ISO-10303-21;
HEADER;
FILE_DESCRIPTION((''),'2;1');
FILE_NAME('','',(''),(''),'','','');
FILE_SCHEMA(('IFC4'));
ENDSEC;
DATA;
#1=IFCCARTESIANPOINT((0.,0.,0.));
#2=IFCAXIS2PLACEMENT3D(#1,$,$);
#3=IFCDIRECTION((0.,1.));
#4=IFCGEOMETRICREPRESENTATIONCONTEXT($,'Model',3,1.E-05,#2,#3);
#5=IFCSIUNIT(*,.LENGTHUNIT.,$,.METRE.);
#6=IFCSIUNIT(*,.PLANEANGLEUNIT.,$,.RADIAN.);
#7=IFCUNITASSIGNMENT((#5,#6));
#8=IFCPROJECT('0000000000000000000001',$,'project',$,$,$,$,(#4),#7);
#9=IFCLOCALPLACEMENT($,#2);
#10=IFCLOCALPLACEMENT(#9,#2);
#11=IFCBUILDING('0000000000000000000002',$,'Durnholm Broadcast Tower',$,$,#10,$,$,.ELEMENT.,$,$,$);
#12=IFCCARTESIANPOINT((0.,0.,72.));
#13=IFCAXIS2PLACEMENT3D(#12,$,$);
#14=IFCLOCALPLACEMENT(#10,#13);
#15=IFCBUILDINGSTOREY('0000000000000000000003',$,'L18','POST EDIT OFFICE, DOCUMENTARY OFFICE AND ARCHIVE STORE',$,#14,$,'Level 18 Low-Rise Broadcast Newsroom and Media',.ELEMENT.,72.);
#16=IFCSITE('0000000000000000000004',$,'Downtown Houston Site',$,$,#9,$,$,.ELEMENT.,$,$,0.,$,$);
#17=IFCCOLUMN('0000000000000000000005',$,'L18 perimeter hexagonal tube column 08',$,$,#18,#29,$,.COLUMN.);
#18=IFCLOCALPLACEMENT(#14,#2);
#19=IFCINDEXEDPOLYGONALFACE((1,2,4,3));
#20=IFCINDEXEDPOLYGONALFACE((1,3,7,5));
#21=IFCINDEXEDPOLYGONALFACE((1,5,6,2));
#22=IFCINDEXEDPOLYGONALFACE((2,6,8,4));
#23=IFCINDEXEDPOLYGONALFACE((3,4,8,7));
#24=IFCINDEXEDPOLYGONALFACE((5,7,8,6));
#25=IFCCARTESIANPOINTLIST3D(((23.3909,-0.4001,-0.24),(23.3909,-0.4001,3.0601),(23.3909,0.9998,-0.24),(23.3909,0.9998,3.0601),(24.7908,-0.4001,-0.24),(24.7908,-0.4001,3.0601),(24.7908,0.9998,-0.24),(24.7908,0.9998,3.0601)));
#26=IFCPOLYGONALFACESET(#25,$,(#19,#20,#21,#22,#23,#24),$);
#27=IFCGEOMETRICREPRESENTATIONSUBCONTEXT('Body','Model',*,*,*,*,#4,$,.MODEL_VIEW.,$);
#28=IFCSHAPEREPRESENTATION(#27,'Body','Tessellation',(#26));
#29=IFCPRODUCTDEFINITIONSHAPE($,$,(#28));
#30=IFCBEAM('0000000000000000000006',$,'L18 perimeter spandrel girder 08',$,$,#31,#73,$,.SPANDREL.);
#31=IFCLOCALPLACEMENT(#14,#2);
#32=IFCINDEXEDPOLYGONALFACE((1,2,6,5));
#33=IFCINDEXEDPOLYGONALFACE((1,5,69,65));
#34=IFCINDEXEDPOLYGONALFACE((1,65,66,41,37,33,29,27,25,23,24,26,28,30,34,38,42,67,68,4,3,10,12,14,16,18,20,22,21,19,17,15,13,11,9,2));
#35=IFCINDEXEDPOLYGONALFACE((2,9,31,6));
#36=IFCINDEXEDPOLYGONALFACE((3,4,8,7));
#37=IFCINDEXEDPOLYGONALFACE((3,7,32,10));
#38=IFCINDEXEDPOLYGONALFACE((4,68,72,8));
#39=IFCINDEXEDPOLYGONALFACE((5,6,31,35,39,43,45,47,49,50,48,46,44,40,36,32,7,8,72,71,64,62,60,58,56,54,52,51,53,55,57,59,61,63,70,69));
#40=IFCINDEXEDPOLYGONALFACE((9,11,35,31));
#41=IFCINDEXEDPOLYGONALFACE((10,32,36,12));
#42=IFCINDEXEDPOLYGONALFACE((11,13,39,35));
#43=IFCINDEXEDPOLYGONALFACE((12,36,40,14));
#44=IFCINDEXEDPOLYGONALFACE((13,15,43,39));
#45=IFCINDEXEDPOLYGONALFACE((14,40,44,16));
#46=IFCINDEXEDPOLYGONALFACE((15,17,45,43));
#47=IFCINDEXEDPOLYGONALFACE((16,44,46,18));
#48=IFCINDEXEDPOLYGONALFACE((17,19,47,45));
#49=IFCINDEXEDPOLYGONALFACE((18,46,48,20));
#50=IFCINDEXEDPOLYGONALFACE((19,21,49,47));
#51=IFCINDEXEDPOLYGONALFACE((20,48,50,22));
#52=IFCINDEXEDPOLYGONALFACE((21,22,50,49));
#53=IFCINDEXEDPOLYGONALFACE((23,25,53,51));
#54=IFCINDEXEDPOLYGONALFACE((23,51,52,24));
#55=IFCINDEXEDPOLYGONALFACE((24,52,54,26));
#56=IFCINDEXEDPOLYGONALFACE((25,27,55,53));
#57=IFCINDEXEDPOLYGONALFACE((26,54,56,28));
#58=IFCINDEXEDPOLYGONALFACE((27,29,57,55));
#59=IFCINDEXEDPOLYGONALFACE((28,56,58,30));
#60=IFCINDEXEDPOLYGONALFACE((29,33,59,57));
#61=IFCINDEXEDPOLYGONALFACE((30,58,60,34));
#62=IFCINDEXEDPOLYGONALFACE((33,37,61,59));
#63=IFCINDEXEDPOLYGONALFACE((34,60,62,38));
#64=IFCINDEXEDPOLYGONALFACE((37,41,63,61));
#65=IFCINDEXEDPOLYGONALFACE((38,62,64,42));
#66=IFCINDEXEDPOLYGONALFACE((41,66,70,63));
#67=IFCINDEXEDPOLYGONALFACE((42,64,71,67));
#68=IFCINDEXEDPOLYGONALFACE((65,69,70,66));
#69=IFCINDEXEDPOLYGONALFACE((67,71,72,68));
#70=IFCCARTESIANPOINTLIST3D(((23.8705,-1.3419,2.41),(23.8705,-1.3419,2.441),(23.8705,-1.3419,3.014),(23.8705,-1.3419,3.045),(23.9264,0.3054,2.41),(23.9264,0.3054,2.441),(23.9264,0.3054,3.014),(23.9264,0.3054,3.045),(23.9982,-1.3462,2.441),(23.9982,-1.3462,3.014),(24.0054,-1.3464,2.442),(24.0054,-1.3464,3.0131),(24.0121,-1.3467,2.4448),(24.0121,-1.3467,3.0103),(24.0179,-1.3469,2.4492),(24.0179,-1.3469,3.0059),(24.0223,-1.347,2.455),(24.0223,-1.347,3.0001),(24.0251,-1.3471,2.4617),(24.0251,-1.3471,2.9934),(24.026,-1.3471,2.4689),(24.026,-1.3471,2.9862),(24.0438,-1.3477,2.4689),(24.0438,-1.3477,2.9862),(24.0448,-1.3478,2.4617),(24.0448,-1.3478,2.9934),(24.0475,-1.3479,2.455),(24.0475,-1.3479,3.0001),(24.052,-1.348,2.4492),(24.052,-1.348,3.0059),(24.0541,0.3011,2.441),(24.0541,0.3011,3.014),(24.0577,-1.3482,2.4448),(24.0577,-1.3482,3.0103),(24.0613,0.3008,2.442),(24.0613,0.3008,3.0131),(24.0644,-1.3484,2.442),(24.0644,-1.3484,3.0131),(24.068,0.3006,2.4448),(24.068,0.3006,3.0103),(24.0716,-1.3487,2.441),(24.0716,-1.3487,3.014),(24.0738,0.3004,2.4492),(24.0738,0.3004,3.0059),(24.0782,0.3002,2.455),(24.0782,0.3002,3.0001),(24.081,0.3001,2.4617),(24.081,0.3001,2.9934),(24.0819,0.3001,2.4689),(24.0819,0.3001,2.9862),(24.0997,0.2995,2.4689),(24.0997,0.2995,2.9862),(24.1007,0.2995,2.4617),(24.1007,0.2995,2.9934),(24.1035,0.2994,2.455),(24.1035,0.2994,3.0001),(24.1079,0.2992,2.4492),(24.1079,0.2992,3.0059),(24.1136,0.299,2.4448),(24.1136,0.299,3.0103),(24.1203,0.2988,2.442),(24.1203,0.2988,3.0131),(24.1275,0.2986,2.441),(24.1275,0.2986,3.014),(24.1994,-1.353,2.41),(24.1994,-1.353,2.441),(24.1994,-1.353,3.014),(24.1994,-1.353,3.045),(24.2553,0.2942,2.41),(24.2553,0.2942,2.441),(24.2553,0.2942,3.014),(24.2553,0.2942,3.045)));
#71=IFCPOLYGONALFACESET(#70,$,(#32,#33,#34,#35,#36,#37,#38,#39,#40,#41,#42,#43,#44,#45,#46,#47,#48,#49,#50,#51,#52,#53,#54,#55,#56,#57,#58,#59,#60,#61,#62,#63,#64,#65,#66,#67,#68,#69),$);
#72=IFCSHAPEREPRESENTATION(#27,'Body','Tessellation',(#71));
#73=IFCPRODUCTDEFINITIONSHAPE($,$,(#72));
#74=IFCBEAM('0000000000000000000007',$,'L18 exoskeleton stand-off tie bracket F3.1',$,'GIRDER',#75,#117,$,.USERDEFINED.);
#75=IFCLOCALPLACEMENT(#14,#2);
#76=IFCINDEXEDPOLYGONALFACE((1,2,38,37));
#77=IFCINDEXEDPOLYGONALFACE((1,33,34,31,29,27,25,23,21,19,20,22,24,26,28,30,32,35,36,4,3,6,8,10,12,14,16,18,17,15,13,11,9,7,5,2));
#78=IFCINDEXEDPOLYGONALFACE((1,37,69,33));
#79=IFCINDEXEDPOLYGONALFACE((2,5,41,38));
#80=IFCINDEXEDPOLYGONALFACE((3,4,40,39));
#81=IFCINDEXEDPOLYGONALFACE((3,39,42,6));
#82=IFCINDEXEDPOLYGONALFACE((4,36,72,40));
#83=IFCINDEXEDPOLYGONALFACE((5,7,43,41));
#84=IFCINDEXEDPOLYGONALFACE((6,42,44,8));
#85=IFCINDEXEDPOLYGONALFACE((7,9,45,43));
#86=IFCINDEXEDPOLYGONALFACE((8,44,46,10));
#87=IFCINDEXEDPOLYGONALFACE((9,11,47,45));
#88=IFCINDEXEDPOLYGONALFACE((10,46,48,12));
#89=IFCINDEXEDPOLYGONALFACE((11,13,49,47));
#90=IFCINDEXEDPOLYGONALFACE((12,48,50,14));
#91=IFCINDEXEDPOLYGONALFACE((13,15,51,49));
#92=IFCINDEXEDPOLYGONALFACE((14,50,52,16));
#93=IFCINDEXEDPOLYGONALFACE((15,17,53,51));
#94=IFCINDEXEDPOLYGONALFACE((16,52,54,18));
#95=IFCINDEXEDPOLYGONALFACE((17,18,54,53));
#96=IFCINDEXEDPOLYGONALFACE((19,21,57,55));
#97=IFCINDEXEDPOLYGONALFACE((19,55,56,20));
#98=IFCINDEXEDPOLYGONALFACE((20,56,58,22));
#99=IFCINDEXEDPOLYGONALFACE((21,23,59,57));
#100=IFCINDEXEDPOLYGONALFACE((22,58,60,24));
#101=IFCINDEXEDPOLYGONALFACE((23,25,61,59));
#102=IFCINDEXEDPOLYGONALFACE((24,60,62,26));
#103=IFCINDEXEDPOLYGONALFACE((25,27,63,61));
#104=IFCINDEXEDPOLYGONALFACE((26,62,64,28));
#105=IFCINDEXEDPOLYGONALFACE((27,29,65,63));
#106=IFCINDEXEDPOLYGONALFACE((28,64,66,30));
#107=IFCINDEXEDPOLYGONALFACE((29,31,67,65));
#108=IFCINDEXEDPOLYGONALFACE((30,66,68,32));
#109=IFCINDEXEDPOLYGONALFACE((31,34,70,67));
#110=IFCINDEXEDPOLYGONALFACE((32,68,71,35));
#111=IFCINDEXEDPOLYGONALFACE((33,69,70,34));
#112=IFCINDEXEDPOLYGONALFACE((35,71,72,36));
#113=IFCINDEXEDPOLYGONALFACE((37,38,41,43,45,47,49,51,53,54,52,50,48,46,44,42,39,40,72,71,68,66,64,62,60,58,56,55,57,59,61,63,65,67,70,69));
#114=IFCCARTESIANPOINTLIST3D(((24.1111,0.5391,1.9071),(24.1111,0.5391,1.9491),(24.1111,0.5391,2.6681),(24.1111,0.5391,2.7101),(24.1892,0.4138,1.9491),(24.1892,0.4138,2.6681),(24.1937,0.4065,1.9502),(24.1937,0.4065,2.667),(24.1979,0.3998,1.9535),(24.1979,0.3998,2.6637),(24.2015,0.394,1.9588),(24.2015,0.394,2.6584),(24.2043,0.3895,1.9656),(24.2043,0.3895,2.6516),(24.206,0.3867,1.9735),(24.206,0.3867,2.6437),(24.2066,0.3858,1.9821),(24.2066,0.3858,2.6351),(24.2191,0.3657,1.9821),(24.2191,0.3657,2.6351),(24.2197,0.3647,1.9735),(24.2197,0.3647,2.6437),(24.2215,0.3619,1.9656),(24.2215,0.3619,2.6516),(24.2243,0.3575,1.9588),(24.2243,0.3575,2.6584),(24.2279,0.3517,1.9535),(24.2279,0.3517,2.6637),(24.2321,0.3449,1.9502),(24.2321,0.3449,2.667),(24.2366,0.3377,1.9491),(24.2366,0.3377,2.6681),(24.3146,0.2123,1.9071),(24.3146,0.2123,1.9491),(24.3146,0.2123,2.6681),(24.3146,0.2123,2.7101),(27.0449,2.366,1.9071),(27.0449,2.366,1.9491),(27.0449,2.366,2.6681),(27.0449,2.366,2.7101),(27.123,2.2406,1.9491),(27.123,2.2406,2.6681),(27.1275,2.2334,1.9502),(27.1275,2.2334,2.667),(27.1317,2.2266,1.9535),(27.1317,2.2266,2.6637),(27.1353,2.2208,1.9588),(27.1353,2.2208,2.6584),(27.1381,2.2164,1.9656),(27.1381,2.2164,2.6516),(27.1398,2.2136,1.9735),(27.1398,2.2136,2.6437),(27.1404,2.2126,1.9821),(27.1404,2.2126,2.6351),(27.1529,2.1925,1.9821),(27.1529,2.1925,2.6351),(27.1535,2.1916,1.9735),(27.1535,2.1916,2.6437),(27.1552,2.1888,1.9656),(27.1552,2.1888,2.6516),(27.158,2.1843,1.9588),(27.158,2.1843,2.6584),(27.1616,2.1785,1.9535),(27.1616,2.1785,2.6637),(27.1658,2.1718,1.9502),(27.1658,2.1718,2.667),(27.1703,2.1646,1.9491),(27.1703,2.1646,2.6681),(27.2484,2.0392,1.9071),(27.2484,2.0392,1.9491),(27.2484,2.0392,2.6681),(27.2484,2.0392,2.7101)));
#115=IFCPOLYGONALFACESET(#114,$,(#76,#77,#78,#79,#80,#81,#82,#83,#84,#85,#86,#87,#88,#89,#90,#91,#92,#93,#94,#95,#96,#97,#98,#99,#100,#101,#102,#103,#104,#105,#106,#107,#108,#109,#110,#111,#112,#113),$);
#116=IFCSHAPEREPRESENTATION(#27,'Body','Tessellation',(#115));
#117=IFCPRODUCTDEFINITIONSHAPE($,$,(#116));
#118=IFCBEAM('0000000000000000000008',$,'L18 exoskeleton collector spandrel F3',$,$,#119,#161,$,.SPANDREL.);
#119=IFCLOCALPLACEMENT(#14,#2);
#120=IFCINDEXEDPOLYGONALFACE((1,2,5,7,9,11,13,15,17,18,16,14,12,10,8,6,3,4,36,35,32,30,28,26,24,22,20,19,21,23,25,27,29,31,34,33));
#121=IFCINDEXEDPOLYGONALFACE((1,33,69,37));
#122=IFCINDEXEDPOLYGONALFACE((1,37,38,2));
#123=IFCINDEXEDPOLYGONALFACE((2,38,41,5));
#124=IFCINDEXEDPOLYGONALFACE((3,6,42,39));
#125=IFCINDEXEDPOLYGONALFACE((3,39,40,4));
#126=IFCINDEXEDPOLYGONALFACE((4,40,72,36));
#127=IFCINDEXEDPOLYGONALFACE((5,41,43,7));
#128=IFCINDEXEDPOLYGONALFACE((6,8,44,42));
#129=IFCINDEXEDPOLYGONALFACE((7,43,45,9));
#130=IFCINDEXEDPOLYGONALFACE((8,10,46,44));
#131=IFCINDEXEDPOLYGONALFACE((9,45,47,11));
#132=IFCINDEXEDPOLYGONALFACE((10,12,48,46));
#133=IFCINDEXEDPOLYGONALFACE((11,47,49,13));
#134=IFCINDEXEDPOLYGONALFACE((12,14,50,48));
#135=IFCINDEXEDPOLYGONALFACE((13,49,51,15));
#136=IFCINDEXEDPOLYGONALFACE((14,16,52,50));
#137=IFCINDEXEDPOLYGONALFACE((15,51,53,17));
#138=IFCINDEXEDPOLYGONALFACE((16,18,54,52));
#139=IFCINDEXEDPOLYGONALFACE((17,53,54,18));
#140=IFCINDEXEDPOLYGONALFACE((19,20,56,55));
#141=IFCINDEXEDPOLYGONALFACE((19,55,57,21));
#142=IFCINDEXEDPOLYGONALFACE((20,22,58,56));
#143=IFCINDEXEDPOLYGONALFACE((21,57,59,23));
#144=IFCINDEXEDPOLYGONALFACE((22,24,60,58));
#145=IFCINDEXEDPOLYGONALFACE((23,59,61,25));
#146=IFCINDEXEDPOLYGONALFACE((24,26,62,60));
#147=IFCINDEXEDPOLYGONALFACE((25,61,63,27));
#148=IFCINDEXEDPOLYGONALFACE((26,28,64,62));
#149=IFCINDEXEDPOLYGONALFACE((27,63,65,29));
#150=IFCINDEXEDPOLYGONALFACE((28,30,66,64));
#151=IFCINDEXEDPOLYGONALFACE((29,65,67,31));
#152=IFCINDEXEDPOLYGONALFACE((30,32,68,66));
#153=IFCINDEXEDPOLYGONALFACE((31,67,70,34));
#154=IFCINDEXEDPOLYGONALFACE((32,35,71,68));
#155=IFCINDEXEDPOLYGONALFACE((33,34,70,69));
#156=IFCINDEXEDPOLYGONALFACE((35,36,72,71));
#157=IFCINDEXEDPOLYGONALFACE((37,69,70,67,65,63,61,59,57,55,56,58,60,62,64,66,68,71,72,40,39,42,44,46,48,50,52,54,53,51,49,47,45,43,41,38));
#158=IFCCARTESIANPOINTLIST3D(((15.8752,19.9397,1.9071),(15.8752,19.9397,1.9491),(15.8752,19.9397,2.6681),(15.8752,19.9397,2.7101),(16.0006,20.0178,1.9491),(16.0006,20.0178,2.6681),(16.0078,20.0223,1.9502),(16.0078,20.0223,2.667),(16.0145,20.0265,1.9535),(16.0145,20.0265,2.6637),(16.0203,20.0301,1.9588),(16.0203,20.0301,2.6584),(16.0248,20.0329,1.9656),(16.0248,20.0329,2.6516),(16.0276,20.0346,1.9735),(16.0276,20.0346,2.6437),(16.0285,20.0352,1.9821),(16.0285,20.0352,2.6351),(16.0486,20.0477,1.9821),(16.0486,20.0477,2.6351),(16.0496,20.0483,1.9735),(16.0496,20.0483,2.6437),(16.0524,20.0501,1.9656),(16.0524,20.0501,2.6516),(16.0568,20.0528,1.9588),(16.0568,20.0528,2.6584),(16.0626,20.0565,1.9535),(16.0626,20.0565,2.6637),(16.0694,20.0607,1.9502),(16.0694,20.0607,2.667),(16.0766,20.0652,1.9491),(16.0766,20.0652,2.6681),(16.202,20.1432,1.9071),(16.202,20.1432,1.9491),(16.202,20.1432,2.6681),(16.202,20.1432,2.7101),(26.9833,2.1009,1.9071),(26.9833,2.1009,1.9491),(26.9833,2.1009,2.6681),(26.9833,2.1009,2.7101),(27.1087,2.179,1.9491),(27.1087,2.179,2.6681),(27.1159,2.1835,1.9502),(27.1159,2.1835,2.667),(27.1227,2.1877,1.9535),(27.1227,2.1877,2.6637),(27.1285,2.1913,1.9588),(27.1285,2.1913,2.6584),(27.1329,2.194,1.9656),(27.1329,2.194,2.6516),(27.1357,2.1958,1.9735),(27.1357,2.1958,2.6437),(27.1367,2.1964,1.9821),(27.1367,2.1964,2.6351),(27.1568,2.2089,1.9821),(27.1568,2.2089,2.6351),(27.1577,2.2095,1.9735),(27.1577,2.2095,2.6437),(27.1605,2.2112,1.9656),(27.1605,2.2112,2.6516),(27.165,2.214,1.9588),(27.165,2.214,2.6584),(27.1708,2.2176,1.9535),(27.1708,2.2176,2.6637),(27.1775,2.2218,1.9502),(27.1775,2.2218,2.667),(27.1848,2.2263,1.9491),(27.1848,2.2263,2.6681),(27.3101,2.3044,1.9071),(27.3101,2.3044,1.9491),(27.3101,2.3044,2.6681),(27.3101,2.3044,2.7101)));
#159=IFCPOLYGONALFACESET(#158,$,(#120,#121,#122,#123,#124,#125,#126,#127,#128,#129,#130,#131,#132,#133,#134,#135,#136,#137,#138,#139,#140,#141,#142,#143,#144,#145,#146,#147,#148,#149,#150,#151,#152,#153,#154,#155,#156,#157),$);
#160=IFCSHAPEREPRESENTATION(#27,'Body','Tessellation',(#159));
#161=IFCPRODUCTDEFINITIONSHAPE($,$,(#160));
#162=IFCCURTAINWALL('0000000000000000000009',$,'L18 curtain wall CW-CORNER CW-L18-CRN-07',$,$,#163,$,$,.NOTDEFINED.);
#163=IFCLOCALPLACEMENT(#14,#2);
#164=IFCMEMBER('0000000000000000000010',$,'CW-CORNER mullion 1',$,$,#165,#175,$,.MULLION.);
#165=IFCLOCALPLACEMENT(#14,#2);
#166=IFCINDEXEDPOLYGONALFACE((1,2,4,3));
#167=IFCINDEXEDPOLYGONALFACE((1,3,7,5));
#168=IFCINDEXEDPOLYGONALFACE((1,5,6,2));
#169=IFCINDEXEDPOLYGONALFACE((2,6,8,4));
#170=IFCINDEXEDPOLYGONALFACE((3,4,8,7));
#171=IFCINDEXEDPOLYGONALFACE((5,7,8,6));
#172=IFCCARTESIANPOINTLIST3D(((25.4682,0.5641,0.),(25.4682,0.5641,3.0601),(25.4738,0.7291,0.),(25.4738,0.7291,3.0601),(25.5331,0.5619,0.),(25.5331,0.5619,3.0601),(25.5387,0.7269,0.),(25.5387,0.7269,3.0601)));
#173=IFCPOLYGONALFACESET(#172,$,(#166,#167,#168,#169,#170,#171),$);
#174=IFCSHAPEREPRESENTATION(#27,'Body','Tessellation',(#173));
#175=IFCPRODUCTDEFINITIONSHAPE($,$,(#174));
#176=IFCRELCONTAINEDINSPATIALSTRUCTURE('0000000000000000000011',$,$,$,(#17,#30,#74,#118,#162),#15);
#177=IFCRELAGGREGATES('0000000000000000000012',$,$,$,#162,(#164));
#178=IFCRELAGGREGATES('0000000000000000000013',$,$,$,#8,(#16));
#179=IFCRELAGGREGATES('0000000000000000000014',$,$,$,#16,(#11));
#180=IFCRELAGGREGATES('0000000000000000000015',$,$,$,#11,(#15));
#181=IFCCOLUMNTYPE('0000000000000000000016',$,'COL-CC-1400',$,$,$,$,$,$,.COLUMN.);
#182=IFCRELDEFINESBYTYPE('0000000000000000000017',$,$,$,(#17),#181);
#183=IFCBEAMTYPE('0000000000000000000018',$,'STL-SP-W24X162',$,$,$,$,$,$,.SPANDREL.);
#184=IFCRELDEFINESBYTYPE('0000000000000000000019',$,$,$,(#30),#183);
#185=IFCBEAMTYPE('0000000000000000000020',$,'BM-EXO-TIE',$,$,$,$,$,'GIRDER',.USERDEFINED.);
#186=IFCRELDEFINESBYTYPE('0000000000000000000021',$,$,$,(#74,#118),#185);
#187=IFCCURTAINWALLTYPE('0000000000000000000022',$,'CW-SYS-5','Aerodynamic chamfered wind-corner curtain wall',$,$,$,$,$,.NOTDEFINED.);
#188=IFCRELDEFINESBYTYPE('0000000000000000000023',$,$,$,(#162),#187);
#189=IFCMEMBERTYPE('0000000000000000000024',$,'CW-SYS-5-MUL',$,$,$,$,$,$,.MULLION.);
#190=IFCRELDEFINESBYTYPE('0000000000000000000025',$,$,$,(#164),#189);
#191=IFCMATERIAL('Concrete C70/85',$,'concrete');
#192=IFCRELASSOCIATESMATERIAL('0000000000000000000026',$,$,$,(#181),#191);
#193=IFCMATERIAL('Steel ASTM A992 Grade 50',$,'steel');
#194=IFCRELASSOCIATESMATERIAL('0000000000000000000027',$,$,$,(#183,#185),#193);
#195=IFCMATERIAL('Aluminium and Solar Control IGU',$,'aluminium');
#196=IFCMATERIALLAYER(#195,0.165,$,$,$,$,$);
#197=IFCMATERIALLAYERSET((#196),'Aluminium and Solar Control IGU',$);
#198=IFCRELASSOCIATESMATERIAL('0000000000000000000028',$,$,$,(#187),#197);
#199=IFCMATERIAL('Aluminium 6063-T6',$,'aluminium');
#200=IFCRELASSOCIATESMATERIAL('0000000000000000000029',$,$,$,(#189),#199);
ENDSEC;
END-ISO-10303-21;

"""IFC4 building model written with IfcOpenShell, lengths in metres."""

from ifc_helpers import new_model, si_unit, direction, frame, origin, origin_2d, place, context, subcontext, project, spatial, rectangle, i_section, extrude, source, transform, mapped, material, layer, layer_set, material_profile, profile_set, type_object, type_shapes, element, aggregate, save


model = new_model("IFC4")

# Units and contexts
model_context = context("Model", 3, precision=1e-05, world=origin(), true_north=direction((0.0, 1.0)))
body_context = subcontext(model_context, "Body", "Model", "MODEL_VIEW")
ifc_project = project(units=[si_unit("LENGTHUNIT", "METRE"), si_unit("PLANEANGLEUNIT", "RADIAN")], contexts=[model_context])

# Site, building, storey
site_placement = place(None, origin())
site = spatial("IfcSite", under=ifc_project, at=site_placement, Name="Downtown Houston Site", CompositionType="ELEMENT", RefElevation=0.0)
building_placement = place(site_placement, origin())
building = spatial("IfcBuilding", under=site, at=building_placement, Name="Durnholm Broadcast Tower", CompositionType="ELEMENT")
storey_placement = place(building_placement, frame((0.0, 0.0, 72.0)))
storey = spatial("IfcBuildingStorey", under=building, at=storey_placement, Name="L18", Description="POST EDIT OFFICE, DOCUMENTARY OFFICE AND ARCHIVE STORE", LongName="Level 18 Low-Rise Broadcast Newsroom and Media", CompositionType="ELEMENT", Elevation=72.0)

# Column
ifc_material_1 = material(Name="Concrete C70/85", Category="concrete")
ifc_material_profile_1 = material_profile(ifc_material_1, rectangle(XDim=1.3999, YDim=1.3999, at=origin_2d()), Name="RC1400X1400")
ifc_profile_set_1 = profile_set([ifc_material_profile_1], Name="Concrete C70/85")
column_type = type_object("IfcColumnType", Name="COL-CC-1400", PredefinedType="COLUMN", material=ifc_profile_set_1)
shared_shape_1 = source(origin(), body_context, "Body", "SweptSolid", [
    extrude(rectangle(XDim=1.3999, YDim=1.3999, at=origin_2d()), origin(), (0.0, 0.0, 1.0), 3.3),
])
type_shapes(column_type, [shared_shape_1])
column_placement = place(storey_placement, frame((24.0908, 0.2998, -0.24), z_axis=(0.0, 0.0, 1.0), x_axis=(1.0, 0.0, 0.0)))
element("IfcColumn", 1, at=column_placement, inside=storey, type_object=column_type, Name="L18 perimeter hexagonal tube column 08", PredefinedType="COLUMN", context=body_context, shape_type="MappedRepresentation", body=[
    mapped(shared_shape_1, transform((0.0, 0.0, 0.0), x_axis=(1.0, 0.0, 0.0), y_axis=(0.0, 1.0, 0.0), z_axis=(0.0, 0.0, 1.0), scale=1.0)),
])

# Beams
ifc_material_2 = material(Name="Steel ASTM A992 Grade 50", Category="steel")
ifc_material_profile_2 = material_profile(ifc_material_2, i_section(OverallWidth=0.3291, OverallDepth=0.635, WebThickness=0.0178, FlangeThickness=0.031, FilletRadius=0.0278, at=origin_2d()), Name="W24X162")
ifc_profile_set_2 = profile_set([ifc_material_profile_2], Name="Steel ASTM A992 Grade 50")
beam_type_1 = type_object("IfcBeamType", Name="STL-SP-W24X162", PredefinedType="SPANDREL", material=ifc_profile_set_2)
shared_shape_2 = source(origin(), body_context, "Body", "SweptSolid", [
    extrude(i_section(OverallWidth=0.3291, OverallDepth=0.635, WebThickness=0.0178, FlangeThickness=0.031, FilletRadius=0.0278, at=origin_2d()), origin(), (0.0, 0.0, 1.0), 1.6482),
])
type_shapes(beam_type_1, [shared_shape_2])
beam_1_placement = place(storey_placement, frame((24.0908, 0.2998, 2.7275), z_axis=(-0.033921, -0.999425, 0.0), x_axis=(0.999425, -0.033921, 0.0)))
element("IfcBeam", 2, at=beam_1_placement, inside=storey, type_object=beam_type_1, Name="L18 perimeter spandrel girder 08", PredefinedType="SPANDREL", context=body_context, shape_type="MappedRepresentation", body=[
    mapped(shared_shape_2, transform((0.0, 0.0, 0.0), x_axis=(1.0, 0.0, 0.0), y_axis=(0.0, 1.0, 0.0), z_axis=(0.0, 0.0, 1.0), scale=1.0)),
])
ifc_material_profile_3 = material_profile(ifc_material_2, i_section(OverallWidth=0.385, OverallDepth=0.803, WebThickness=0.0237, FlangeThickness=0.042, FilletRadius=0.033, at=origin_2d()), Name="W30X261")
ifc_profile_set_3 = profile_set([ifc_material_profile_3], Name="Steel ASTM A992 Grade 50")
beam_type_2 = type_object("IfcBeamType", Name="BM-EXO-TIE", ElementType="GIRDER", PredefinedType="USERDEFINED", material=ifc_profile_set_3)
shared_shape_3 = source(origin(), body_context, "Body", "SweptSolid", [
    extrude(i_section(OverallWidth=0.385, OverallDepth=0.803, WebThickness=0.0237, FlangeThickness=0.042, FilletRadius=0.033, at=origin_2d()), origin(), (0.0, 0.0, 1.0), 3.4561),
])
beam_2_placement = place(storey_placement, frame((24.2129, 0.3757, 2.3086), z_axis=(0.848874, 0.528595, 0.0), x_axis=(-0.528595, 0.848874, 0.0)))
element("IfcBeam", 3, at=beam_2_placement, inside=storey, type_object=beam_type_2, Name="L18 exoskeleton stand-off tie bracket F3.1", ObjectType="GIRDER", PredefinedType="USERDEFINED", context=body_context, shape_type="MappedRepresentation", body=[
    mapped(shared_shape_3, transform((0.0, 0.0, 0.0), x_axis=(1.0, 0.0, 0.0), y_axis=(0.0, 1.0, 0.0), z_axis=(0.0, 0.0, 1.0), scale=1.0)),
])
shared_shape_4 = source(origin(), body_context, "Body", "SweptSolid", [
    extrude(i_section(OverallWidth=0.385, OverallDepth=0.803, WebThickness=0.0237, FlangeThickness=0.042, FilletRadius=0.033, at=origin_2d()), origin(), (0.0, 0.0, 1.0), 21.0146),
])
type_shapes(beam_type_2, [shared_shape_3, shared_shape_4])
beam_3_placement = place(storey_placement, frame((27.1467, 2.2026, 2.3086), z_axis=(-0.528591, 0.848877, 0.0), x_axis=(-0.848877, -0.528591, 0.0)))
element("IfcBeam", 4, at=beam_3_placement, inside=storey, type_object=beam_type_2, Name="L18 exoskeleton collector spandrel F3", PredefinedType="SPANDREL", context=body_context, shape_type="MappedRepresentation", body=[
    mapped(shared_shape_4, transform((0.0, 0.0, 0.0), x_axis=(1.0, 0.0, 0.0), y_axis=(0.0, 1.0, 0.0), z_axis=(0.0, 0.0, 1.0), scale=1.0)),
])

# Curtain wall, member
ifc_material_3 = material(Name="Aluminium and Solar Control IGU", Category="aluminium")
ifc_layer_1 = layer(ifc_material_3, 0.165)
ifc_layer_set_1 = layer_set([ifc_layer_1], Name="Aluminium and Solar Control IGU")
curtain_wall_type_1 = type_object("IfcCurtainWallType", Name="CW-SYS-5", Description="Aerodynamic chamfered wind-corner curtain wall", PredefinedType="NOTDEFINED", material=ifc_layer_set_1)
curtain_wall_1_placement = place(storey_placement, origin())
curtain_wall_1 = element("IfcCurtainWall", 5, at=curtain_wall_1_placement, inside=storey, type_object=curtain_wall_type_1, Name="L18 curtain wall CW-CORNER CW-L18-CRN-07", PredefinedType="NOTDEFINED")
ifc_material_4 = material(Name="Aluminium 6063-T6", Category="aluminium")
ifc_material_profile_4 = material_profile(ifc_material_4, rectangle(XDim=0.0649, YDim=0.165, at=origin_2d()), Name="CWM65X165")
ifc_profile_set_4 = profile_set([ifc_material_profile_4], Name="Aluminium 6063-T6")
member_type_1 = type_object("IfcMemberType", Name="CW-SYS-5-MUL", PredefinedType="MULLION", material=ifc_profile_set_4)
shared_shape_5 = source(origin(), body_context, "Body", "SweptSolid", [
    extrude(rectangle(XDim=0.0649, YDim=0.165, at=origin_2d()), origin(), (0.0, 0.0, 1.0), 3.0601),
])
type_shapes(member_type_1, [shared_shape_5])
member_1_placement = place(storey_placement, frame((25.5034, 0.6455, 0.0), z_axis=(0.0, 0.0, 1.0), x_axis=(0.999427, -0.03384, 0.0)))
member_1 = element("IfcMember", 6, at=member_1_placement, type_object=member_type_1, Name="CW-CORNER mullion 1", PredefinedType="MULLION", context=body_context, shape_type="MappedRepresentation", body=[
    mapped(shared_shape_5, transform((0.0, 0.0, 0.0), x_axis=(1.0, 0.0, 0.0), y_axis=(0.0, 1.0, 0.0), z_axis=(0.0, 0.0, 1.0), scale=1.0)),
])
aggregate(curtain_wall_1, [member_1])

save(model, "model.ifc")
